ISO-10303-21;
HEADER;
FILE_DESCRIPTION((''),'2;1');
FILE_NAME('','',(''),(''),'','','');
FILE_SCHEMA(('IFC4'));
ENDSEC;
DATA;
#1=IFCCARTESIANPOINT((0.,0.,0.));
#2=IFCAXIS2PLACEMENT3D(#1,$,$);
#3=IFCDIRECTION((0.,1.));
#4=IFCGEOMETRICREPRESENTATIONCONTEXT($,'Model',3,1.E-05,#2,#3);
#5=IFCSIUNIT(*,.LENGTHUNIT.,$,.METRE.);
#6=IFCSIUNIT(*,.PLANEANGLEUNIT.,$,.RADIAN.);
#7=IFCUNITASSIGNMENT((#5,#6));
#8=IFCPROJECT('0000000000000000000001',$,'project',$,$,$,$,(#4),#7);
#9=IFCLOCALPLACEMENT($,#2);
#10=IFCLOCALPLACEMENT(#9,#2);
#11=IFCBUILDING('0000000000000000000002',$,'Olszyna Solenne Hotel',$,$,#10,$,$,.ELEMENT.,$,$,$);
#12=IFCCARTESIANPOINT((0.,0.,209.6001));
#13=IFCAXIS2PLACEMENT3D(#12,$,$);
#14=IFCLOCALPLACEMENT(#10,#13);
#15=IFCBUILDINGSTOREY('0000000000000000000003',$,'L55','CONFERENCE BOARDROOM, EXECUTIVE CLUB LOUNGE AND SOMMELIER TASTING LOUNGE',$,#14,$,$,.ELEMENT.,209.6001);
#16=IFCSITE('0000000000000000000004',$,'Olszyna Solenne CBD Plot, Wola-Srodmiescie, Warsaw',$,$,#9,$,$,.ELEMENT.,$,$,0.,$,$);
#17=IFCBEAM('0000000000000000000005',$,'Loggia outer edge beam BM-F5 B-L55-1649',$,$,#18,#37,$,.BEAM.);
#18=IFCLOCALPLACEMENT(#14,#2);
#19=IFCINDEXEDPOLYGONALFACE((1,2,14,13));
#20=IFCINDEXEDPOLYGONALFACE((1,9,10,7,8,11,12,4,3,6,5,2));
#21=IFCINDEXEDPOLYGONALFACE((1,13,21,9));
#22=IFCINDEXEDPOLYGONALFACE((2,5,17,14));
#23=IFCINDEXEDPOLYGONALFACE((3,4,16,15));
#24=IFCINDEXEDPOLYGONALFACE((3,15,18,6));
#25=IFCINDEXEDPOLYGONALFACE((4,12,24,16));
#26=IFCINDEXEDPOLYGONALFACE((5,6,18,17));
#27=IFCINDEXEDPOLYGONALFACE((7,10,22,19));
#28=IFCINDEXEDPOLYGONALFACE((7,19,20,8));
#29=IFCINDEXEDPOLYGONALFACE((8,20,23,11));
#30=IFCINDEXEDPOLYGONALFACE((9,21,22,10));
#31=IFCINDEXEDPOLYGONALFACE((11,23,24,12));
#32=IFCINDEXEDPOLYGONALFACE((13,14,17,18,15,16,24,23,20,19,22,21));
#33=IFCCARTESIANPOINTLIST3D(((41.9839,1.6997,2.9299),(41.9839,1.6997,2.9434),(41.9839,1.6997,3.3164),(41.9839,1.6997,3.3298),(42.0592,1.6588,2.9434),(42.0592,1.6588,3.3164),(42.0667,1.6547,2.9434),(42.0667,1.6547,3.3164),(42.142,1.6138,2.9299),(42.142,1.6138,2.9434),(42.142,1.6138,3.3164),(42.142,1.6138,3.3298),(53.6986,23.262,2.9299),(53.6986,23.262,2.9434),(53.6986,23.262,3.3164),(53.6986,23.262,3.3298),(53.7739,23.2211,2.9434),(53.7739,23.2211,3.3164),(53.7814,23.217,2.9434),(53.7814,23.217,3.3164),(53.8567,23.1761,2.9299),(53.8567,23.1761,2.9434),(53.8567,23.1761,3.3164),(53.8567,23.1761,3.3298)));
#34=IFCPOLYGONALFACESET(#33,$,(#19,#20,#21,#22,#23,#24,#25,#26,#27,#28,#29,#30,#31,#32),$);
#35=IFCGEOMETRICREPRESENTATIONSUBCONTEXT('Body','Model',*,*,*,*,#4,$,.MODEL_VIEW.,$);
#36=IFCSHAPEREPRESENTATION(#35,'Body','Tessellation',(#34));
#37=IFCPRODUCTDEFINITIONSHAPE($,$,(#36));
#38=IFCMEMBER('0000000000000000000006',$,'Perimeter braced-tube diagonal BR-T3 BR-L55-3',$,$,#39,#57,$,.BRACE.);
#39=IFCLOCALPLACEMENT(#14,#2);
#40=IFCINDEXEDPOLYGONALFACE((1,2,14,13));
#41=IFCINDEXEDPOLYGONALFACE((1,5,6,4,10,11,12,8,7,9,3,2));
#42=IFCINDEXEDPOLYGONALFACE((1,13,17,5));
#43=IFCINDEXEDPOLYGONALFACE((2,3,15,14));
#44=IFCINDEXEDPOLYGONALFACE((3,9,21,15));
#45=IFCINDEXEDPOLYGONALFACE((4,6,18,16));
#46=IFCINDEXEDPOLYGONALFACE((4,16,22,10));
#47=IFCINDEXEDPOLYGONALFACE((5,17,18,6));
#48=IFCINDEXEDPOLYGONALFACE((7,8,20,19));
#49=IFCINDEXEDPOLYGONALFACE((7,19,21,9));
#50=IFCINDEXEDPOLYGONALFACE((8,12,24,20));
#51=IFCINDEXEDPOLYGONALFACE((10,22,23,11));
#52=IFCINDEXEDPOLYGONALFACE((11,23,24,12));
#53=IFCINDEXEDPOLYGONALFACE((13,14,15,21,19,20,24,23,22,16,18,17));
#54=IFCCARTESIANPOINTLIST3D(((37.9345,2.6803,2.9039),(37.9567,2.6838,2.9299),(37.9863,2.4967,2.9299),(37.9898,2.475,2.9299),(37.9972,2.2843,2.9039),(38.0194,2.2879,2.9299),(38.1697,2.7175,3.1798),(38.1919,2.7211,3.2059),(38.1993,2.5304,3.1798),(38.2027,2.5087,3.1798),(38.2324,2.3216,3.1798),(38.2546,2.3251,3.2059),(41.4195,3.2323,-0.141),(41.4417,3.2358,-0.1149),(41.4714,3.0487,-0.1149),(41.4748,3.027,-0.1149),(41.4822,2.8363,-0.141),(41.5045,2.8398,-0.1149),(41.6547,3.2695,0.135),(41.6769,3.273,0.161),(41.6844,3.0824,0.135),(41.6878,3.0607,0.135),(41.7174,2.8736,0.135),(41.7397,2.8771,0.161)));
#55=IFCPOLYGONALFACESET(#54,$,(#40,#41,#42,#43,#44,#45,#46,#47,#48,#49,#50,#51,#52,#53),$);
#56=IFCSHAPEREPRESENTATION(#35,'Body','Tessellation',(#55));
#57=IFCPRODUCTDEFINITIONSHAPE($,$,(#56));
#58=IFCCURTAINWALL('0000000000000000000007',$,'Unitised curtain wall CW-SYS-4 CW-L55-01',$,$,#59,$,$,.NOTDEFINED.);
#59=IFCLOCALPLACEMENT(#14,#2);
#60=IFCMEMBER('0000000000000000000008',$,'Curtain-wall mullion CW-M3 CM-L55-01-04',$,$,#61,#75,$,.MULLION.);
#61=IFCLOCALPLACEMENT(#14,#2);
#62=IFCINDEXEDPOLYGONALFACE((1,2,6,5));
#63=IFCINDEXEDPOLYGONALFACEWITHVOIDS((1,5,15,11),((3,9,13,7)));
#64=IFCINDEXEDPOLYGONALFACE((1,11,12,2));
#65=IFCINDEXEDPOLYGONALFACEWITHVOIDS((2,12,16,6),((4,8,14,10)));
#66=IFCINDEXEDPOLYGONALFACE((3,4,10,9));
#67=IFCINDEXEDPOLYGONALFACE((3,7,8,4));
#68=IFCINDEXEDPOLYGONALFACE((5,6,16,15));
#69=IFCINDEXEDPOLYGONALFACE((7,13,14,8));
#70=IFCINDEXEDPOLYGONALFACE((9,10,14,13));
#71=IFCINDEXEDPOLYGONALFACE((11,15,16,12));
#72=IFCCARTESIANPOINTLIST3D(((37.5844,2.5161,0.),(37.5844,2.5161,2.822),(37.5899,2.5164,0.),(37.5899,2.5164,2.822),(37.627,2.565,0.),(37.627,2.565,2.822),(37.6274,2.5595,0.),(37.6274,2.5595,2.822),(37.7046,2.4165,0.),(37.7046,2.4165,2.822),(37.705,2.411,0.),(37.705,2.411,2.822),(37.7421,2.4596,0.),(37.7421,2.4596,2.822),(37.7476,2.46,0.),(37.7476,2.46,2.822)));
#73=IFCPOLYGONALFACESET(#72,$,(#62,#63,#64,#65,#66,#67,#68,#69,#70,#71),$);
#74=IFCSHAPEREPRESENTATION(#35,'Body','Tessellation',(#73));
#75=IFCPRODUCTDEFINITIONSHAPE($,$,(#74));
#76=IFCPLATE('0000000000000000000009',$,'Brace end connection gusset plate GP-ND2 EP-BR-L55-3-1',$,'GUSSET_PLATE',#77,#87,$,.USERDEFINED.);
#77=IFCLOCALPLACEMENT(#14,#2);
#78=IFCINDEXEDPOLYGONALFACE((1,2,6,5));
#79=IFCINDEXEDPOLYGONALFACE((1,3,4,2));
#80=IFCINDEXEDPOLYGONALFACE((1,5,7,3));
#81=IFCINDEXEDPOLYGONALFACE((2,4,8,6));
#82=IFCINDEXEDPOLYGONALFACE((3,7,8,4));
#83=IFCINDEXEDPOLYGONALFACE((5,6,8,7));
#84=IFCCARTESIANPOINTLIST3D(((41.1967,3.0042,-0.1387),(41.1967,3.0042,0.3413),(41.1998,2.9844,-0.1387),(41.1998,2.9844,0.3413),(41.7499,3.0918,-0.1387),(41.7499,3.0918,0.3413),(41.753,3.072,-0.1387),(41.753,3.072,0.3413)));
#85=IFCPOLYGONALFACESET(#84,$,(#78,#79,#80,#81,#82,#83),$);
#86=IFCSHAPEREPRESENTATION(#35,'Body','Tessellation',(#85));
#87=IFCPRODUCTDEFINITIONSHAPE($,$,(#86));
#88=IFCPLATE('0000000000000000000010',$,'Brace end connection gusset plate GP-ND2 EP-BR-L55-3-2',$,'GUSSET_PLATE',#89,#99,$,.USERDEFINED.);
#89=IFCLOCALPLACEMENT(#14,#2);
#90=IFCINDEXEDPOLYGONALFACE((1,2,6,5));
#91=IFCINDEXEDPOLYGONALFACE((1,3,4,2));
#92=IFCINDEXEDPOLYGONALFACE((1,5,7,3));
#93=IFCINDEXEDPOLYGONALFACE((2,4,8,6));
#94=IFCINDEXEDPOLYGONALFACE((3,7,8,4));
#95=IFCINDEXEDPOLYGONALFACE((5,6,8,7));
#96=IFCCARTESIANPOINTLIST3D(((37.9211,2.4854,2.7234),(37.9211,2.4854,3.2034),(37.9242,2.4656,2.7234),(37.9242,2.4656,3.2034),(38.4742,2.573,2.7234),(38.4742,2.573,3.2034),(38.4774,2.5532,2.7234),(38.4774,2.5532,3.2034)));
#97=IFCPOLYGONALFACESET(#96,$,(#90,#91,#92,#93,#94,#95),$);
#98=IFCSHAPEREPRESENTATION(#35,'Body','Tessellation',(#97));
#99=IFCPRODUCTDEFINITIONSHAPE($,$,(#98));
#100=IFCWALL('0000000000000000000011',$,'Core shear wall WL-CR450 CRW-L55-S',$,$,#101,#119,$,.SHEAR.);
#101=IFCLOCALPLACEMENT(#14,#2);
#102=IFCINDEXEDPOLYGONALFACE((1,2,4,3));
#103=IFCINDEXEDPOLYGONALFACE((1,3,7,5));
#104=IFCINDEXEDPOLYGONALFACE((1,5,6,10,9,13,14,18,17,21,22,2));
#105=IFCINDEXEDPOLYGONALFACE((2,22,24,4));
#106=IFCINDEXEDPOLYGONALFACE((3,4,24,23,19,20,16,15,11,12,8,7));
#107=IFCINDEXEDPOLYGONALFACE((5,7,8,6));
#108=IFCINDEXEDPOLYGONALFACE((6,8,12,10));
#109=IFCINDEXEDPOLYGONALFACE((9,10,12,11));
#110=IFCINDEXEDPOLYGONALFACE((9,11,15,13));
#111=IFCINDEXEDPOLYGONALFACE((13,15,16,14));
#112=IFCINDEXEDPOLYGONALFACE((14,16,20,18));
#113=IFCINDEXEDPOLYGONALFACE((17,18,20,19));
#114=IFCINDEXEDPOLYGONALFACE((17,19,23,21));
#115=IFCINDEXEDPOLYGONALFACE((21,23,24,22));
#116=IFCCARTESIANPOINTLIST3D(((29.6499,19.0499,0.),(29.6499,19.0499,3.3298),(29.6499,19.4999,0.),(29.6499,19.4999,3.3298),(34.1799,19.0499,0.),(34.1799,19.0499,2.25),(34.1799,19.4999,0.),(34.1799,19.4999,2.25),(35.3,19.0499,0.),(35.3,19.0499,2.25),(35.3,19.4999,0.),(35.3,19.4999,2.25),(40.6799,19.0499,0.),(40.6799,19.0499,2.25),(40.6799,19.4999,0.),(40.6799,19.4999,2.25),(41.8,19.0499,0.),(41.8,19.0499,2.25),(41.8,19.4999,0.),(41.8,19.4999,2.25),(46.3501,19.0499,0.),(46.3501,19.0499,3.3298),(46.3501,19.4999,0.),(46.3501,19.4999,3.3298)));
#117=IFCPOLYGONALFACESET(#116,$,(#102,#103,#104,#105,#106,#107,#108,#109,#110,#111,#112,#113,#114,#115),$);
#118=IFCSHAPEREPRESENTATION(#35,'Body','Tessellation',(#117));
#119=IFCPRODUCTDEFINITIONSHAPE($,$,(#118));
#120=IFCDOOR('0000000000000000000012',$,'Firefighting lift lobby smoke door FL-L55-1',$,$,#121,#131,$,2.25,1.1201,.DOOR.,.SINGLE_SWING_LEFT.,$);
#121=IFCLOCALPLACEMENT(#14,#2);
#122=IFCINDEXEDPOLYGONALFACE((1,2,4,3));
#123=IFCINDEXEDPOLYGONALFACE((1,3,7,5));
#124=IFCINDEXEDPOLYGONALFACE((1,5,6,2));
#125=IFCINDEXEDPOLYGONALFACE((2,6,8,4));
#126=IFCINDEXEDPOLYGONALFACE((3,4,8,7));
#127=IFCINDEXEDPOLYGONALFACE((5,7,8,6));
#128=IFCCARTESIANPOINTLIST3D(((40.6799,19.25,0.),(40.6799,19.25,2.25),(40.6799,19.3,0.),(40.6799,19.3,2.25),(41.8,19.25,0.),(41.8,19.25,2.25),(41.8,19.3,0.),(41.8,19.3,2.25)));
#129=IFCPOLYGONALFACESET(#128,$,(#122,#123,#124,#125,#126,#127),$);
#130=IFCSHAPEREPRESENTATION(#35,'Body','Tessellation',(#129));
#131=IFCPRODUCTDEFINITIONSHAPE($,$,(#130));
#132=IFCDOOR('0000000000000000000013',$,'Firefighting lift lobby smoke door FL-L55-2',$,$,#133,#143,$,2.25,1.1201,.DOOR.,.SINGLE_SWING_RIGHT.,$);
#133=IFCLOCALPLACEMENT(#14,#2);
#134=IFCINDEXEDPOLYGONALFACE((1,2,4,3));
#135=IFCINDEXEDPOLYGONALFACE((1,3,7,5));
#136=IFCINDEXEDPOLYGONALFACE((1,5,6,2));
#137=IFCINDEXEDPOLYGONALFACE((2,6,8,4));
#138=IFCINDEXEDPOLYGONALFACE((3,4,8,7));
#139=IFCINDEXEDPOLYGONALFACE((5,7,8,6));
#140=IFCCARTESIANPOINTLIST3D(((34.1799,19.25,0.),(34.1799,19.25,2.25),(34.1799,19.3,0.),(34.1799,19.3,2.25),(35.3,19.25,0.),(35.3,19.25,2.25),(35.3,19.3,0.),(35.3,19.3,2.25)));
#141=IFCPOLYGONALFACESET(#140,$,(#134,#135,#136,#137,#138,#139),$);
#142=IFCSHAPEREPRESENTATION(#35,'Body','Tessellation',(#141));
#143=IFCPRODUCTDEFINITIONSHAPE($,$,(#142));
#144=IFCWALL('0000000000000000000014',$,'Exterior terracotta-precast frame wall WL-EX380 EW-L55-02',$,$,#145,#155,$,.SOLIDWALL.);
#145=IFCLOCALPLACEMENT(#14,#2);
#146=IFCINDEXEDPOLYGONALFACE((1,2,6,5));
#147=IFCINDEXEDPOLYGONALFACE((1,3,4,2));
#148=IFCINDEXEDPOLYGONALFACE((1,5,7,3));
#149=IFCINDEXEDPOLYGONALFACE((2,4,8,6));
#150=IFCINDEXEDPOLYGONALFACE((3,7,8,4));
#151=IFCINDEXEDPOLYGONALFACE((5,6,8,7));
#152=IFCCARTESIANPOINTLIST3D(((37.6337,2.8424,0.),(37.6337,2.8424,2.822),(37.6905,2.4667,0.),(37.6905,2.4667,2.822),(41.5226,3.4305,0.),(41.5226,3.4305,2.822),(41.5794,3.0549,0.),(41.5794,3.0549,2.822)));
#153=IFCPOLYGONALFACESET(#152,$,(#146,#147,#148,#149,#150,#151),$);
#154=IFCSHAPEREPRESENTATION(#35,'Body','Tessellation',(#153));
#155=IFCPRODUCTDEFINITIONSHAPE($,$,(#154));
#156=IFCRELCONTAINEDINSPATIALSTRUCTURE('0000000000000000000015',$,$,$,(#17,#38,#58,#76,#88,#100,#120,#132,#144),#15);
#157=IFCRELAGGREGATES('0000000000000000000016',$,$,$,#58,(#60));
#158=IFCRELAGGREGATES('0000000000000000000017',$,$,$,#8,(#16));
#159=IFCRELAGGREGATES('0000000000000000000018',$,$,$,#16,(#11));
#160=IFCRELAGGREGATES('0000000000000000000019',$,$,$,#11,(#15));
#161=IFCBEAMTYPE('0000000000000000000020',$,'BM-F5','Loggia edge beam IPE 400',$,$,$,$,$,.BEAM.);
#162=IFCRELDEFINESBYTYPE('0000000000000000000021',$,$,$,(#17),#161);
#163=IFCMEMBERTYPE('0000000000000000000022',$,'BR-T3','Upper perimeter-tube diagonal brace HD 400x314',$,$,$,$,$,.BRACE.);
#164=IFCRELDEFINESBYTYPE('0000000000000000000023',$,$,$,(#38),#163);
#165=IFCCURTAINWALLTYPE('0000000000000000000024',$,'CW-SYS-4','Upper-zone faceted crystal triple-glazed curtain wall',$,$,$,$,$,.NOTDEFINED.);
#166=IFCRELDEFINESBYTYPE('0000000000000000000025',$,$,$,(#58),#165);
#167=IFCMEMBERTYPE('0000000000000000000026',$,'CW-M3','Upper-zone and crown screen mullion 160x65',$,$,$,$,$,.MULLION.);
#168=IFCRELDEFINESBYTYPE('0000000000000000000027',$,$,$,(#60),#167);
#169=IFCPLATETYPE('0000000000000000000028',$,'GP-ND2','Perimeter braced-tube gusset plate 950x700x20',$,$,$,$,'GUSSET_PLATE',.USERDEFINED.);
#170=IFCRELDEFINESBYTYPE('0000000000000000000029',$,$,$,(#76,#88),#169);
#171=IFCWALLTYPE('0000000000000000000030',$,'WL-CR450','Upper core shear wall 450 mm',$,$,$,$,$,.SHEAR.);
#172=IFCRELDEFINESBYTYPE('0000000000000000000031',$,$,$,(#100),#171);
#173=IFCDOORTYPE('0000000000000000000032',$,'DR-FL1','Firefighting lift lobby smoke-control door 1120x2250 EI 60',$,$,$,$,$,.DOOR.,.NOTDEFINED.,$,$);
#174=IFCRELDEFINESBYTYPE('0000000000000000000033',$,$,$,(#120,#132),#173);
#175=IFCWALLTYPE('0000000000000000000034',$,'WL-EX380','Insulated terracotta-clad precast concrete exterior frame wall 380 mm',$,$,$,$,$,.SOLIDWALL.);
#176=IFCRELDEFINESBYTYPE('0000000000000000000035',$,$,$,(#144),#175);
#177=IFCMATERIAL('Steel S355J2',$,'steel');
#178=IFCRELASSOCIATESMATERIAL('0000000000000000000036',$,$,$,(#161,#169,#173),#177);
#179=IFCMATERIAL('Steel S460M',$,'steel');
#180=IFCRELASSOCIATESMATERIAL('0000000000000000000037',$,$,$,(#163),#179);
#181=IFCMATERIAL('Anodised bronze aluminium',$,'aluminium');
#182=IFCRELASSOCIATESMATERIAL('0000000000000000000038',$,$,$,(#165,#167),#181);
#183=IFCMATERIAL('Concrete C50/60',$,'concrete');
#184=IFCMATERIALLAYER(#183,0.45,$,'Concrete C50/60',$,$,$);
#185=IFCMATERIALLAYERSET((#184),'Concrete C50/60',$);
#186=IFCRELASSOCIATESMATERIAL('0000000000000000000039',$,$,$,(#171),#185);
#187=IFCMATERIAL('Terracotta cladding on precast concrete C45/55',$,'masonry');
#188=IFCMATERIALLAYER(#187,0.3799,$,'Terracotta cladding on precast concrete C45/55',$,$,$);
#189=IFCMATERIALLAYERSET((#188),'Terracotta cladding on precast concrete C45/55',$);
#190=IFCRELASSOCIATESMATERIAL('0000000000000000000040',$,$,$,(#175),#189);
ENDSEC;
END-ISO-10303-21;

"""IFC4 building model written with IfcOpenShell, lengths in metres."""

from ifc_helpers import new_model, si_unit, direction, frame, frame_2d, origin, origin_2d, place, context, subcontext, project, spatial, rectangle, hollow_rectangle, i_section, extrude, source, transform, mapped, material, layer, layer_set, material_profile, profile_set, type_object, type_shapes, element, fill, aggregate, save


model = new_model("IFC4")

# Units and contexts
model_context = context("Model", 3, precision=1e-05, world=origin(), true_north=direction((0.0, 1.0)))
body_context = subcontext(model_context, "Body", "Model", "MODEL_VIEW")
ifc_project = project(units=[si_unit("LENGTHUNIT", "METRE"), si_unit("PLANEANGLEUNIT", "RADIAN")], contexts=[model_context])

# Site, building, storey
site_placement = place(None, origin())
site = spatial("IfcSite", under=ifc_project, at=site_placement, Name="Olszyna Solenne CBD Plot, Wola-Srodmiescie, Warsaw", CompositionType="ELEMENT", RefElevation=0.0)
building_placement = place(site_placement, origin())
building = spatial("IfcBuilding", under=site, at=building_placement, Name="Olszyna Solenne Hotel", CompositionType="ELEMENT")
storey_placement = place(building_placement, frame((0.0, 0.0, 209.6001)))
storey = spatial("IfcBuildingStorey", under=building, at=storey_placement, Name="L55", Description="CONFERENCE BOARDROOM, EXECUTIVE CLUB LOUNGE AND SOMMELIER TASTING LOUNGE", CompositionType="ELEMENT", Elevation=209.6001)

# Shared definitions
ifc_material_1 = material(Name="Steel S460M", Category="steel")

# Beam
ifc_material_2 = material(Name="Steel S355J2", Category="steel")
ifc_material_profile_1 = material_profile(ifc_material_2, i_section(OverallWidth=0.1799, OverallDepth=0.3999, WebThickness=0.0085, FlangeThickness=0.0134, at=origin_2d()), Name="IPE 400", Category="load-bearing")
ifc_profile_set_1 = profile_set([ifc_material_profile_1], Name="Steel S355J2")
beam_type_1 = type_object("IfcBeamType", Name="BM-F5", Description="Loggia edge beam IPE 400", PredefinedType="BEAM", material=ifc_profile_set_1)
shared_shape_1 = source(origin(), body_context, "Body", "SweptSolid", [
    extrude(i_section(OverallWidth=0.1799, OverallDepth=0.3999, WebThickness=0.0085, FlangeThickness=0.0134, at=origin_2d()), origin(), (0.0, 0.0, 1.0), 24.5391),
])
beam_1_placement = place(storey_placement, frame((42.063, 1.6567, 3.1299), z_axis=(0.477387, 0.878693, 0.0), x_axis=(-0.878693, 0.477387, 0.0)))
element("IfcBeam", 1, at=beam_1_placement, inside=storey, type_object=beam_type_1, Name="Loggia outer edge beam BM-F5 B-L55-1649", PredefinedType="BEAM", context=body_context, shape_type="MappedRepresentation", body=[
    mapped(shared_shape_1, transform((0.0, 0.0, 0.0), x_axis=(1.0, 0.0, 0.0), y_axis=(0.0, 1.0, 0.0), z_axis=(0.0, 0.0, 1.0), scale=1.0)),
])

# Member
ifc_material_profile_2 = material_profile(ifc_material_1, i_section(OverallWidth=0.4009, OverallDepth=0.3989, WebThickness=0.022, FlangeThickness=0.0344, at=origin_2d()), Name="HD 400x314", Category="load-bearing")
ifc_profile_set_2 = profile_set([ifc_material_profile_2], Name="Steel S460M")
member_type_1 = type_object("IfcMemberType", Name="BR-T3", Description="Upper perimeter-tube diagonal brace HD 400x314", PredefinedType="BRACE", material=ifc_profile_set_2)
shared_shape_2 = source(origin(), body_context, "Body", "SweptSolid", [
    extrude(i_section(OverallWidth=0.4009, OverallDepth=0.3989, WebThickness=0.022, FlangeThickness=0.0344, at=origin_2d()), origin(), (0.0, 0.0, 1.0), 4.6606),
])
member_1_placement = place(storey_placement, frame((41.5796, 3.0547, 0.01), z_axis=(-0.747763, -0.118437, 0.653317), x_axis=(0.156439, -0.987688, 0.0)))
element("IfcMember", 2, at=member_1_placement, inside=storey, type_object=member_type_1, Name="Perimeter braced-tube diagonal BR-T3 BR-L55-3", PredefinedType="BRACE", context=body_context, shape_type="MappedRepresentation", body=[
    mapped(shared_shape_2, transform((0.0, 0.0, 0.0), x_axis=(1.0, 0.0, 0.0), y_axis=(0.0, 1.0, 0.0), z_axis=(0.0, 0.0, 1.0), scale=1.0)),
])

# Curtain wall, member
ifc_material_3 = material(Name="Anodised bronze aluminium", Category="aluminium")
curtain_wall_type = type_object("IfcCurtainWallType", Name="CW-SYS-4", Description="Upper-zone faceted crystal triple-glazed curtain wall", PredefinedType="NOTDEFINED", material=ifc_material_3)
curtain_wall_placement = place(storey_placement, origin())
curtain_wall = element("IfcCurtainWall", 3, at=curtain_wall_placement, inside=storey, type_object=curtain_wall_type, Name="Unitised curtain wall CW-SYS-4 CW-L55-01", PredefinedType="NOTDEFINED")
ifc_material_profile_3 = material_profile(ifc_material_3, hollow_rectangle(XDim=0.0649, YDim=0.1599, WallThickness=0.0039, at=origin_2d()), Name="MULL 160x65x4", Category="load-bearing")
ifc_profile_set_3 = profile_set([ifc_material_profile_3], Name="Anodised bronze aluminium")
member_type_2 = type_object("IfcMemberType", Name="CW-M3", Description="Upper-zone and crown screen mullion 160x65", PredefinedType="MULLION", material=ifc_profile_set_3)
shared_shape_3 = source(origin(), body_context, "Body", "SweptSolid", [
    extrude(hollow_rectangle(XDim=0.0649, YDim=0.1599, WallThickness=0.0039, at=origin_2d()), origin(), (0.0, 0.0, 1.0), 2.822),
])
member_2_placement = place(storey_placement, frame((37.666, 2.488, 0.0), z_axis=(0.0, 0.0, 1.0), x_axis=(0.656788, 0.754075, 0.0)))
member_2 = element("IfcMember", 4, at=member_2_placement, type_object=member_type_2, Name="Curtain-wall mullion CW-M3 CM-L55-01-04", PredefinedType="MULLION", context=body_context, shape_type="MappedRepresentation", body=[
    mapped(shared_shape_3, transform((0.0, 0.0, 0.0), x_axis=(1.0, 0.0, 0.0), y_axis=(0.0, 1.0, 0.0), z_axis=(0.0, 0.0, 1.0), scale=1.0)),
])
aggregate(curtain_wall, [member_2])

# Plates
plate_type = type_object("IfcPlateType", Name="GP-ND2", Description="Perimeter braced-tube gusset plate 950x700x20", ElementType="GUSSET_PLATE", PredefinedType="USERDEFINED", material=ifc_material_2)
shared_shape_4 = source(origin(), body_context, "Body", "SweptSolid", [
    extrude(rectangle(XDim=0.5601, YDim=0.02, at=origin_2d()), origin(), (0.0, 0.0, 1.0), 0.48),
])
for number, where, z_axis, x_axis, name in (
    (5, (41.4749, 3.0381, -0.1387), (0.0, 0.0, 1.0), (-0.987688, -0.156434, 0.0), "Brace end connection gusset plate GP-ND2 EP-BR-L55-3-1"),
    (6, (38.1992, 2.5193, 2.7234), (0.0, 0.0, 1.0), (-0.987688, -0.156434, 0.0), "Brace end connection gusset plate GP-ND2 EP-BR-L55-3-2"),
):
    element("IfcPlate", number, at=place(storey_placement, frame(where, z_axis=z_axis, x_axis=x_axis)), inside=storey, type_object=plate_type, Name=name, ObjectType="GUSSET_PLATE", PredefinedType="USERDEFINED", context=body_context, shape_type="MappedRepresentation", body=[
        mapped(shared_shape_4, transform((0.0, 0.0, 0.0), x_axis=(1.0, 0.0, 0.0), y_axis=(0.0, 1.0, 0.0), z_axis=(0.0, 0.0, 1.0), scale=1.0)),
    ])

# Wall, openings, doors
ifc_material_4 = material(Name="Concrete C50/60", Category="concrete")
ifc_layer_1 = layer(ifc_material_4, 0.45, Name="Concrete C50/60")
ifc_layer_set_1 = layer_set([ifc_layer_1], Name="Concrete C50/60")
wall_type_1 = type_object("IfcWallType", Name="WL-CR450", Description="Upper core shear wall 450 mm", PredefinedType="SHEAR", material=ifc_layer_set_1)
wall_1_placement = place(storey_placement, frame((46.3501, 19.2749, 0.0), z_axis=(0.0, 0.0, 1.0), x_axis=(-1.0, 0.0, 0.0)))
wall_1 = element("IfcWall", 7, at=wall_1_placement, inside=storey, type_object=wall_type_1, Name="Core shear wall WL-CR450 CRW-L55-S", PredefinedType="SHEAR", context=body_context, shape_type="SweptSolid", body=[
    extrude(rectangle(XDim=16.7002, YDim=0.45, at=frame_2d((8.3501, 0.0))), origin(), (0.0, 0.0, 1.0), 3.3298),
])
opening_1_placement = place(wall_1_placement, frame((4.55, 0.0, 0.0)))
opening_1 = element("IfcOpeningElement", 8, at=opening_1_placement, cuts=wall_1, PredefinedType="OPENING", context=body_context, shape_type="SweptSolid", body=[
    extrude(rectangle(XDim=1.1201, YDim=2.25, at=frame_2d((0.5601, 1.125))), frame((0.0, 0.2349, 0.0), z_axis=(0.0, -1.0, 0.0), x_axis=(1.0, 0.0, 0.0)), (0.0, 0.0, 1.0), 0.47),
])
opening_2_placement = place(wall_1_placement, frame((11.05, 0.0, 0.0)))
opening_2 = element("IfcOpeningElement", 9, at=opening_2_placement, cuts=wall_1, PredefinedType="OPENING", context=body_context, shape_type="SweptSolid", body=[
    extrude(rectangle(XDim=1.1201, YDim=2.25, at=frame_2d((0.5601, 1.125))), frame((0.0, 0.2349, 0.0), z_axis=(0.0, -1.0, 0.0), x_axis=(1.0, 0.0, 0.0)), (0.0, 0.0, 1.0), 0.47),
])
door_type_1 = type_object("IfcDoorType", Name="DR-FL1", Description="Firefighting lift lobby smoke-control door 1120x2250 EI 60", OperationType="NOTDEFINED", PredefinedType="DOOR", material=ifc_material_2)
shared_shape_5 = source(origin(), body_context, "Body", "SweptSolid", [
    extrude(rectangle(XDim=1.1201, YDim=2.25, at=frame_2d((0.5601, 1.125))), frame((0.0, 0.0249, 0.0), z_axis=(0.0, -1.0, 0.0), x_axis=(1.0, 0.0, 0.0)), (0.0, 0.0, 1.0), 0.05),
])
type_shapes(door_type_1, [shared_shape_5])
door_1_placement = place(opening_1_placement, origin())
door_1 = element("IfcDoor", 10, at=door_1_placement, inside=storey, type_object=door_type_1, Name="Firefighting lift lobby smoke door FL-L55-1", OperationType="SINGLE_SWING_LEFT", OverallHeight=2.25, OverallWidth=1.1201, PredefinedType="DOOR", context=body_context, shape_type="MappedRepresentation", body=[
    mapped(shared_shape_5, transform((0.0, 0.0, 0.0), x_axis=(1.0, 0.0, 0.0), y_axis=(0.0, 1.0, 0.0), z_axis=(0.0, 0.0, 1.0), scale=1.0)),
])
fill(opening_1, door_1)
door_2_placement = place(opening_2_placement, origin())
door_2 = element("IfcDoor", 11, at=door_2_placement, inside=storey, type_object=door_type_1, Name="Firefighting lift lobby smoke door FL-L55-2", OperationType="SINGLE_SWING_RIGHT", OverallHeight=2.25, OverallWidth=1.1201, PredefinedType="DOOR", context=body_context, shape_type="MappedRepresentation", body=[
    mapped(shared_shape_5, transform((0.0, 0.0, 0.0), x_axis=(1.0, 0.0, 0.0), y_axis=(0.0, 1.0, 0.0), z_axis=(0.0, 0.0, 1.0), scale=1.0)),
])
fill(opening_2, door_2)

# Wall
ifc_material_5 = material(Name="Terracotta cladding on precast concrete C45/55", Category="masonry")
ifc_layer_2 = layer(ifc_material_5, 0.3799, Name="Terracotta cladding on precast concrete C45/55")
ifc_layer_set_2 = layer_set([ifc_layer_2], Name="Terracotta cladding on precast concrete C45/55")
wall_type_2 = type_object("IfcWallType", Name="WL-EX380", Description="Insulated terracotta-clad precast concrete exterior frame wall 380 mm", PredefinedType="SOLIDWALL", material=ifc_layer_set_2)
wall_2_placement = place(storey_placement, frame((41.551, 3.2427, 0.0), z_axis=(0.0, 0.0, 1.0), x_axis=(-0.988757, -0.149533, 0.0)))
element("IfcWall", 12, at=wall_2_placement, inside=storey, type_object=wall_type_2, Name="Exterior terracotta-precast frame wall WL-EX380 EW-L55-02", PredefinedType="SOLIDWALL", context=body_context, shape_type="SweptSolid", body=[
    extrude(rectangle(XDim=3.9331, YDim=0.3799, at=frame_2d((1.9666, 0.0))), origin(), (0.0, 0.0, 1.0), 2.822),
])

save(model, "model.ifc")
